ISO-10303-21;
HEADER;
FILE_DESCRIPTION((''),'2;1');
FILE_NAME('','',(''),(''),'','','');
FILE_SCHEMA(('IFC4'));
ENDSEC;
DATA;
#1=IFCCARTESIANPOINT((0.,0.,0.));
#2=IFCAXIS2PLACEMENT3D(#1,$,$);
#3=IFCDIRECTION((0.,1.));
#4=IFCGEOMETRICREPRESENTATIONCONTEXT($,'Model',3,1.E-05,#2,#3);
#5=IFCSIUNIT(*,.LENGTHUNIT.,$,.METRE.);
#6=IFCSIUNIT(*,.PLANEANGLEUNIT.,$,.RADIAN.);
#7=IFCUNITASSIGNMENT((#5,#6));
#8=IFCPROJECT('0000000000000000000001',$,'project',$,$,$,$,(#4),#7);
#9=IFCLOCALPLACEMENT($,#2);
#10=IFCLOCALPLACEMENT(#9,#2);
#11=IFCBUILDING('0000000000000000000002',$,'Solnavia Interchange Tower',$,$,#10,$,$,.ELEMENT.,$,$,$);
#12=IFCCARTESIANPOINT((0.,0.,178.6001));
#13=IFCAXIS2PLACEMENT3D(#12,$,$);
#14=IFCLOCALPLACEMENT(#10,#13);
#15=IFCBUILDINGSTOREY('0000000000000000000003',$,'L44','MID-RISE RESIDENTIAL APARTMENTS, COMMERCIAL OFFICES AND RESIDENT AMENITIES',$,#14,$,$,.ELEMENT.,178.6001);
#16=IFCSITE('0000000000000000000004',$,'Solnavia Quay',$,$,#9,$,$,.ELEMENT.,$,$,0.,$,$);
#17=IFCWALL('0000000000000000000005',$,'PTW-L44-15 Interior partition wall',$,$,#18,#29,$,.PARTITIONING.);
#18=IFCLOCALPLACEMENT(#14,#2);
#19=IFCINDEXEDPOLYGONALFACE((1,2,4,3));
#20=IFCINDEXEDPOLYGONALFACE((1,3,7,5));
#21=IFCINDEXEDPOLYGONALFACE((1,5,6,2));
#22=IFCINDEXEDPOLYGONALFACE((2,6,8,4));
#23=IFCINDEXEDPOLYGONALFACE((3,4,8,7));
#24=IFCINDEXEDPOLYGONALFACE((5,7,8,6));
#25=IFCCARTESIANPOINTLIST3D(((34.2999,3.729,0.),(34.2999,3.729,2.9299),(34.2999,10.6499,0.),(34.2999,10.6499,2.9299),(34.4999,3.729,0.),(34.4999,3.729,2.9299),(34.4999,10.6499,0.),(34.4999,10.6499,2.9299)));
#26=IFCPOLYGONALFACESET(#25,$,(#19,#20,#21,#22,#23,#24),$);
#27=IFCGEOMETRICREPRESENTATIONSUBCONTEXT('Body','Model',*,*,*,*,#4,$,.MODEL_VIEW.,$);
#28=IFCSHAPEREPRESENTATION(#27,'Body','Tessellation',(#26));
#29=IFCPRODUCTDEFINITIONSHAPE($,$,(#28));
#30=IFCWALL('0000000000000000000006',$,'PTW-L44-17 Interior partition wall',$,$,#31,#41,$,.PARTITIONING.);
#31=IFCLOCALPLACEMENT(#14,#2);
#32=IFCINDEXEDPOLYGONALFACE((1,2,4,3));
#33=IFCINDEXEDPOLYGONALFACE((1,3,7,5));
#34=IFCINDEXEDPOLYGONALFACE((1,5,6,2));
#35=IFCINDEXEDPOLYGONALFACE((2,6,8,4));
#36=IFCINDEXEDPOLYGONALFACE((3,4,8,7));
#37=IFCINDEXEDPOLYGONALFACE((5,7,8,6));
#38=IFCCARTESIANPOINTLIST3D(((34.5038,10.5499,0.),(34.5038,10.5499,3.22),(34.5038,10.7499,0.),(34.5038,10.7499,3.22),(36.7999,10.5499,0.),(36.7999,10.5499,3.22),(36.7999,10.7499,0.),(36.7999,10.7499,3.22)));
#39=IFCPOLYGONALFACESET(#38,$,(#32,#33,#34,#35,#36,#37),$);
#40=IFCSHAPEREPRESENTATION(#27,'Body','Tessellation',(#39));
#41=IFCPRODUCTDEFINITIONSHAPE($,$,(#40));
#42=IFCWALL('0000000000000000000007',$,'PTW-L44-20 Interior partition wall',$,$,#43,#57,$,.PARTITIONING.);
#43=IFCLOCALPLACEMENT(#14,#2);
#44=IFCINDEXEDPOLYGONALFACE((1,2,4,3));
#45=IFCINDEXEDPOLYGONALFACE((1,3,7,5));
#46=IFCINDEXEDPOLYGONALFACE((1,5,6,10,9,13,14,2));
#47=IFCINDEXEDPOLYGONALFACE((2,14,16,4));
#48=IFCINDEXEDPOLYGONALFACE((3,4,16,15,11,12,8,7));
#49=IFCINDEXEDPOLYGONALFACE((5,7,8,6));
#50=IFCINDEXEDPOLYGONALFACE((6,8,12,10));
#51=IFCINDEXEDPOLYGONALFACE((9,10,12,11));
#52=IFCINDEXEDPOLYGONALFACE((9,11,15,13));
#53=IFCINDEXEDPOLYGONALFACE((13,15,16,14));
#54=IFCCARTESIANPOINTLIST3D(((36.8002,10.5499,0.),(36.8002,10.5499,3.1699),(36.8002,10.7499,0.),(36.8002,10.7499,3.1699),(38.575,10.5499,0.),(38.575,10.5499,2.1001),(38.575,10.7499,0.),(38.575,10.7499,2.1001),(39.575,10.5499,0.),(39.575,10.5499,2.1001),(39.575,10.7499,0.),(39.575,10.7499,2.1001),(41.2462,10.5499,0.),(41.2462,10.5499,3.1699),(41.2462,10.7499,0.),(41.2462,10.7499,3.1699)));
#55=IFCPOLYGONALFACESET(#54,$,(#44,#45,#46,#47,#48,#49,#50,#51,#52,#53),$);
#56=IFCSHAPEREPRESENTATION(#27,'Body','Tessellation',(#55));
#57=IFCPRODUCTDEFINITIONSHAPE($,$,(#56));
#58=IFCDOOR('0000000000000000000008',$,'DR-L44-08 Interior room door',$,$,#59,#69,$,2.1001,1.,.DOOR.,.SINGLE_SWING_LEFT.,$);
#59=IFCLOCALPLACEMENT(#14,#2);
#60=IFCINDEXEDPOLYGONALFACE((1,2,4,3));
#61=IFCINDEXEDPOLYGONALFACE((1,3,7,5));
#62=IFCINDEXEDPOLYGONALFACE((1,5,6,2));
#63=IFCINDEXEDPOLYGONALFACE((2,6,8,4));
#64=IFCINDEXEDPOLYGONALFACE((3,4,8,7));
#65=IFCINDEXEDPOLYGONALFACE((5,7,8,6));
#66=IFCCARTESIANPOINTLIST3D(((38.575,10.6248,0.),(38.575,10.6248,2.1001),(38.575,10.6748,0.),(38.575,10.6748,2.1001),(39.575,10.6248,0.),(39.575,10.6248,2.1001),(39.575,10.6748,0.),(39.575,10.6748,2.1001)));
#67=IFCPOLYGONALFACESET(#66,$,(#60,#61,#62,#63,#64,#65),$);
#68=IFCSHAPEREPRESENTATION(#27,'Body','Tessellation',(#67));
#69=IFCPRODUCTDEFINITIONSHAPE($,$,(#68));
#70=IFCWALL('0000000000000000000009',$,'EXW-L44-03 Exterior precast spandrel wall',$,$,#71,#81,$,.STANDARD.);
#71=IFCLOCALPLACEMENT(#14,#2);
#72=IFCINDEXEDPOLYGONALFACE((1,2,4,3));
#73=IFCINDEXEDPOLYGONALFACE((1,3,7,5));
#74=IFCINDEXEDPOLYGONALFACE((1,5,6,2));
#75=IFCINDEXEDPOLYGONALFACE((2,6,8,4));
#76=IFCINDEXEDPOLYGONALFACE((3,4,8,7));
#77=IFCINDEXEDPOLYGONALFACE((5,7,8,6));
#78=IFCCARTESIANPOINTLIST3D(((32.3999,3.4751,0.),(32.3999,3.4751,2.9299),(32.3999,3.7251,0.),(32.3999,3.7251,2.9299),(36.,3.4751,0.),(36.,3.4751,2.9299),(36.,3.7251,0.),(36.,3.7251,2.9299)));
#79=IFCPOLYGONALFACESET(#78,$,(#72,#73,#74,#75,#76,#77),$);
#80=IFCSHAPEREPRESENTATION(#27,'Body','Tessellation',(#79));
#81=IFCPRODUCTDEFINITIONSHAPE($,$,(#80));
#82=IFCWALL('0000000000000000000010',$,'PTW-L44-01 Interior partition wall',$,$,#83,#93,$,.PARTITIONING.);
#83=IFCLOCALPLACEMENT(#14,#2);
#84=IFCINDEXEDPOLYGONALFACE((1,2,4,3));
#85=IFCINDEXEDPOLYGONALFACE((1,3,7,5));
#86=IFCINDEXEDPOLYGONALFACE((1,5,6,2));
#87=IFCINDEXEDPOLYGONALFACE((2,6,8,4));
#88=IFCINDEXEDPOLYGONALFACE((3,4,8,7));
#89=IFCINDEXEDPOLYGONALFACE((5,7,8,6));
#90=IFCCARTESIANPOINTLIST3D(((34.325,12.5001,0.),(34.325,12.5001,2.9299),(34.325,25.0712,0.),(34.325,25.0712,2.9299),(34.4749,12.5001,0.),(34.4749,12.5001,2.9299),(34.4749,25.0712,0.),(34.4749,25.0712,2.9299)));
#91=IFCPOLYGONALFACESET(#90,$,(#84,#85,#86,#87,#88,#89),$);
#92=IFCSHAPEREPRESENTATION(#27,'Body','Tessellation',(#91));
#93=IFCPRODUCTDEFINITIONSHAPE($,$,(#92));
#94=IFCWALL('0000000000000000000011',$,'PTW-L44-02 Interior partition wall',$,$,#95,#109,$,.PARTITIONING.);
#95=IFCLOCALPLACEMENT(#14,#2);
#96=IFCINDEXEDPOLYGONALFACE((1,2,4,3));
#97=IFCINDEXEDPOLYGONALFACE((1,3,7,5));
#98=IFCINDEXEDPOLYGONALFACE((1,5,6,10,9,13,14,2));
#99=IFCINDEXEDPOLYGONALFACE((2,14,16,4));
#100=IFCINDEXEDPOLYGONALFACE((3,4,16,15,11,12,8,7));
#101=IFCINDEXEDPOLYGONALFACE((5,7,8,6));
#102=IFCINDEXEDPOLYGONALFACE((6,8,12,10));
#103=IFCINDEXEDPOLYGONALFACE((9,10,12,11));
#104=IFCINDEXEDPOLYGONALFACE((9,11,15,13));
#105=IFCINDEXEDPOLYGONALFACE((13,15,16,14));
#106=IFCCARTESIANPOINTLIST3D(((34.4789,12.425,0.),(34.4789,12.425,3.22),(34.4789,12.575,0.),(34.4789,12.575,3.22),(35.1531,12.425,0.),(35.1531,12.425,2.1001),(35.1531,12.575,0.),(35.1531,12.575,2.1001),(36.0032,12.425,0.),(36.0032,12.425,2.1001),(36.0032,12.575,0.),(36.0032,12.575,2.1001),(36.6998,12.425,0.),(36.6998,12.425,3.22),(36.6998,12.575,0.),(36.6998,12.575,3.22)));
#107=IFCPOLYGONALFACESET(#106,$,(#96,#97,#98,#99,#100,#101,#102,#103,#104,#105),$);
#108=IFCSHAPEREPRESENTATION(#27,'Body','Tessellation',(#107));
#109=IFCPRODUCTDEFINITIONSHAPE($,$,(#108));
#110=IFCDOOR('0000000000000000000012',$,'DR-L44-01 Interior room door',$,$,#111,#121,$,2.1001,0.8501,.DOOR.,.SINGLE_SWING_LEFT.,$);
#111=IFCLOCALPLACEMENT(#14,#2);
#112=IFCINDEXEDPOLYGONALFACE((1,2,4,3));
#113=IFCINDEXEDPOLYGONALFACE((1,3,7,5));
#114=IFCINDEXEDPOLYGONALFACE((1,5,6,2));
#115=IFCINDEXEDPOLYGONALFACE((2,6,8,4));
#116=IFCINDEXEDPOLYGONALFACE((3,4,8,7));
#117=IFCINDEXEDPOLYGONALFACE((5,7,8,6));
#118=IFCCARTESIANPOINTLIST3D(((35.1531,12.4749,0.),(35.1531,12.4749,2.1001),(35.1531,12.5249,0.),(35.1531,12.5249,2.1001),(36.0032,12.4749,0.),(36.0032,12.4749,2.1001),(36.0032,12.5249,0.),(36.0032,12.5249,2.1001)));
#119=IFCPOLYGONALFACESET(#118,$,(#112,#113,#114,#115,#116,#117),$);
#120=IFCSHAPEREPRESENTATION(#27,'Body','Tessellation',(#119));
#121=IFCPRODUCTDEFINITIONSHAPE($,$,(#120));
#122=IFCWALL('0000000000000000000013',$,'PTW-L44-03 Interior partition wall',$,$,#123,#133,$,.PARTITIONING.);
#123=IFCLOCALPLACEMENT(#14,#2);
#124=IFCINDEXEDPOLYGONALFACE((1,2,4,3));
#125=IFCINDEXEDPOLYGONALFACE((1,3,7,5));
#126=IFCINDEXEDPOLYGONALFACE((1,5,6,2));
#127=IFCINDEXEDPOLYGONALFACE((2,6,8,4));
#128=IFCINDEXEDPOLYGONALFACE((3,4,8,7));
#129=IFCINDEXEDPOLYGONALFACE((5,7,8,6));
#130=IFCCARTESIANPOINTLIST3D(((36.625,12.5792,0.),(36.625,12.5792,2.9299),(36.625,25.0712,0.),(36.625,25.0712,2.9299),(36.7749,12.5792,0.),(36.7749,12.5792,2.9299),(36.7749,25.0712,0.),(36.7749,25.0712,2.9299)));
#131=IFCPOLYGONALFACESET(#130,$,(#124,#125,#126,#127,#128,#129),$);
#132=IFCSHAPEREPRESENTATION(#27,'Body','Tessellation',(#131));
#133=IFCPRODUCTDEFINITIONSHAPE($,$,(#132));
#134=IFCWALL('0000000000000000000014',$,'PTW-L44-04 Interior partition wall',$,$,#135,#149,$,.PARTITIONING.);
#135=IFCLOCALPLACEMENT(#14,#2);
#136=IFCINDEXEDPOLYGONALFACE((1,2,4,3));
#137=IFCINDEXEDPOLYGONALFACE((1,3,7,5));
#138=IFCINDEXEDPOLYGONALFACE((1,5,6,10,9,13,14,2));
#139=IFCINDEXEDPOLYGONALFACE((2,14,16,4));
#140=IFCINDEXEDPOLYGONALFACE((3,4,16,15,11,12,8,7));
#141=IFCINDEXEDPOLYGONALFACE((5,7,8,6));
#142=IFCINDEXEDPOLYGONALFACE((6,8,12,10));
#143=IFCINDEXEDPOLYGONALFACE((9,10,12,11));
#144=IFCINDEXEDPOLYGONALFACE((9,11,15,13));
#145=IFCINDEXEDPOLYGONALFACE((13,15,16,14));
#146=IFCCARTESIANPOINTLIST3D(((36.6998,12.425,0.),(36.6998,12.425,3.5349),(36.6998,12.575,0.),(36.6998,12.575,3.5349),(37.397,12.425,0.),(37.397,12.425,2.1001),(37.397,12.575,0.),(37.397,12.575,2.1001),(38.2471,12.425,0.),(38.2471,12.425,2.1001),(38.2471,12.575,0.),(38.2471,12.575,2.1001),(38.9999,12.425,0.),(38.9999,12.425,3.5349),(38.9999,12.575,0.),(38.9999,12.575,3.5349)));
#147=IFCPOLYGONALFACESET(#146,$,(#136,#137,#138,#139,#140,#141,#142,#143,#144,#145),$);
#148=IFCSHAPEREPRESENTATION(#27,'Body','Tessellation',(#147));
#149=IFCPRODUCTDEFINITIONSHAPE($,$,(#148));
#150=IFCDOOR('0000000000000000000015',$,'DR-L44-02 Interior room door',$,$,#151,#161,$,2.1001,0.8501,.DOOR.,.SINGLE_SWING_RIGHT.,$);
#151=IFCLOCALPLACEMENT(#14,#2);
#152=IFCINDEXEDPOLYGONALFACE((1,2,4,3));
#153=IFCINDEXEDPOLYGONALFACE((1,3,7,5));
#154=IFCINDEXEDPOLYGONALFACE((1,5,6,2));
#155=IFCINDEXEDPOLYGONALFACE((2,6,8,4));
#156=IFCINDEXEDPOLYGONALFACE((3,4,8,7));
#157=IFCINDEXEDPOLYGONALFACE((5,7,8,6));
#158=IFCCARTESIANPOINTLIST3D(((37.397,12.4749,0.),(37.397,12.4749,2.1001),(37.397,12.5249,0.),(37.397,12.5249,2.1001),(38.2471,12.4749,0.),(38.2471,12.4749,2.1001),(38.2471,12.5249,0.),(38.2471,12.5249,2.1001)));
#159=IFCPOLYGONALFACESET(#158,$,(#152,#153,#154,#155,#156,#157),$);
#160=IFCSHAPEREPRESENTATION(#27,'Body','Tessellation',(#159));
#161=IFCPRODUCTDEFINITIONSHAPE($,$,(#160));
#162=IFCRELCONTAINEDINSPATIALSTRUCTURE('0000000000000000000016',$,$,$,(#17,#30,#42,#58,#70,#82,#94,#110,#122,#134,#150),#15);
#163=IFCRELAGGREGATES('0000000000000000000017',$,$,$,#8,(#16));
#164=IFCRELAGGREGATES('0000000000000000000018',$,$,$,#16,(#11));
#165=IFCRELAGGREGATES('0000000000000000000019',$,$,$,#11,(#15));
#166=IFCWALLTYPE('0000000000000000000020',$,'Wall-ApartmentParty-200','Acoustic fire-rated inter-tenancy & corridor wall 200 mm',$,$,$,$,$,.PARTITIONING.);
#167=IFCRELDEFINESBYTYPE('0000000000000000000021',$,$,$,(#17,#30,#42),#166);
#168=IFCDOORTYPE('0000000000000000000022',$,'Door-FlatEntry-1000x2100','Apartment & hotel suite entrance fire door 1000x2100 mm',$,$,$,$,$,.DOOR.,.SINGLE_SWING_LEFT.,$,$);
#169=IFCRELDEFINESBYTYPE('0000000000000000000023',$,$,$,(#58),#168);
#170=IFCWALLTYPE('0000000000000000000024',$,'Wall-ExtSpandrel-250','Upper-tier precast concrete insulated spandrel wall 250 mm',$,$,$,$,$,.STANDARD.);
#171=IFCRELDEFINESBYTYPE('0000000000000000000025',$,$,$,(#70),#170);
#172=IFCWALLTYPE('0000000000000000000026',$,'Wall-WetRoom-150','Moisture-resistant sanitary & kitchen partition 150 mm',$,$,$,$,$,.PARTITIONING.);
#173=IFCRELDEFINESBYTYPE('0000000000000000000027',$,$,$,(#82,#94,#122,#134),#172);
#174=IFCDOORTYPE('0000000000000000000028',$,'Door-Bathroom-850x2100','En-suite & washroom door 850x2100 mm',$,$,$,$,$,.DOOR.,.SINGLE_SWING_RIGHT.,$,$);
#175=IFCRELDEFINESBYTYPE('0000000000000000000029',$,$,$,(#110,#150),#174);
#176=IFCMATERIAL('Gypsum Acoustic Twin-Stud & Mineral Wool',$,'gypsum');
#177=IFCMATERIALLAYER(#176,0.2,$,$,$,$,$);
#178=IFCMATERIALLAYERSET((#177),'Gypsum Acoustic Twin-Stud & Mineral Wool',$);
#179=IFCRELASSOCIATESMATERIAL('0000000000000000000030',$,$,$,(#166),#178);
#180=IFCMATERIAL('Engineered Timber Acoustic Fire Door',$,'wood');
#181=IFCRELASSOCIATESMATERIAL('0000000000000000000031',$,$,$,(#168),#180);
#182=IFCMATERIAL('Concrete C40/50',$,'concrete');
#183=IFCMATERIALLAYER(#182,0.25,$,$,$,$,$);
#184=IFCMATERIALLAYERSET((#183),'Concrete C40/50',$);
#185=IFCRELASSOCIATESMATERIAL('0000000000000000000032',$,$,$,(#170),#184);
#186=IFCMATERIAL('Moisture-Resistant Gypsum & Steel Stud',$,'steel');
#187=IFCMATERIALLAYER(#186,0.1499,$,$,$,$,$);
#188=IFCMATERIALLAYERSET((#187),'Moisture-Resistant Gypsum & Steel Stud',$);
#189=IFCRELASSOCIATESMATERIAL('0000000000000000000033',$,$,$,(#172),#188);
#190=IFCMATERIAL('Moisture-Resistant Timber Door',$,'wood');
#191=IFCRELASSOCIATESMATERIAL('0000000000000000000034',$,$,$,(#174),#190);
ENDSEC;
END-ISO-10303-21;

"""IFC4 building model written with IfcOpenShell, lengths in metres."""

from ifc_helpers import new_model, si_unit, direction, frame, frame_2d, origin, place, context, subcontext, project, spatial, rectangle, extrude, material, layer, layer_set, type_object, element, fill, save


model = new_model("IFC4")

# Units and contexts
model_context = context("Model", 3, precision=1e-05, world=origin(), true_north=direction((0.0, 1.0)))
body_context = subcontext(model_context, "Body", "Model", "MODEL_VIEW")
ifc_project = project(units=[si_unit("LENGTHUNIT", "METRE"), si_unit("PLANEANGLEUNIT", "RADIAN")], contexts=[model_context])

# Site, building, storey
site_placement = place(None, origin())
site = spatial("IfcSite", under=ifc_project, at=site_placement, Name="Solnavia Quay", CompositionType="ELEMENT", RefElevation=0.0)
building_placement = place(site_placement, origin())
building = spatial("IfcBuilding", under=site, at=building_placement, Name="Solnavia Interchange Tower", CompositionType="ELEMENT")
storey_placement = place(building_placement, frame((0.0, 0.0, 178.6001)))
storey = spatial("IfcBuildingStorey", under=building, at=storey_placement, Name="L44", Description="MID-RISE RESIDENTIAL APARTMENTS, COMMERCIAL OFFICES AND RESIDENT AMENITIES", CompositionType="ELEMENT", Elevation=178.6001)

# Walls
ifc_material_1 = material(Name="Gypsum Acoustic Twin-Stud & Mineral Wool", Category="gypsum")
ifc_layer_1 = layer(ifc_material_1, 0.2)
ifc_layer_set_1 = layer_set([ifc_layer_1], Name="Gypsum Acoustic Twin-Stud & Mineral Wool")
wall_type_1 = type_object("IfcWallType", Name="Wall-ApartmentParty-200", Description="Acoustic fire-rated inter-tenancy & corridor wall 200 mm", PredefinedType="PARTITIONING", material=ifc_layer_set_1)
wall_1_placement = place(storey_placement, frame((34.3999, 3.729, 0.0), z_axis=(0.0, 0.0, 1.0), x_axis=(0.0, 1.0, 0.0)))
element("IfcWall", 1, at=wall_1_placement, inside=storey, type_object=wall_type_1, Name="PTW-L44-15 Interior partition wall", PredefinedType="PARTITIONING", context=body_context, shape_type="SweptSolid", body=[
    extrude(rectangle(XDim=6.9209, YDim=0.2, at=frame_2d((3.4604, 0.0))), origin(), (0.0, 0.0, 1.0), 2.9299),
])
wall_2_placement = place(storey_placement, frame((34.5039, 10.6499, 0.0), z_axis=(0.0, 0.0, 1.0), x_axis=(1.0, 0.0, 0.0)))
element("IfcWall", 2, at=wall_2_placement, inside=storey, type_object=wall_type_1, Name="PTW-L44-17 Interior partition wall", PredefinedType="PARTITIONING", context=body_context, shape_type="SweptSolid", body=[
    extrude(rectangle(XDim=2.2961, YDim=0.2, at=frame_2d((1.1479, 0.0))), origin(), (0.0, 0.0, 1.0), 3.22),
])

# Wall, opening, door
wall_3_placement = place(storey_placement, frame((36.8, 10.6499, 0.0), z_axis=(0.0, 0.0, 1.0), x_axis=(1.0, 0.0, 0.0)))
wall_3 = element("IfcWall", 3, at=wall_3_placement, inside=storey, type_object=wall_type_1, Name="PTW-L44-20 Interior partition wall", PredefinedType="PARTITIONING", context=body_context, shape_type="SweptSolid", body=[
    extrude(rectangle(XDim=4.446, YDim=0.2, at=frame_2d((2.2231, 0.0))), origin(), (0.0, 0.0, 1.0), 3.1699),
])
opening_1_placement = place(wall_3_placement, frame((1.7749, 0.0, 0.0)))
opening_1 = element("IfcOpeningElement", 4, at=opening_1_placement, cuts=wall_3, PredefinedType="OPENING", context=body_context, shape_type="SweptSolid", body=[
    extrude(rectangle(XDim=1.0, YDim=2.1001, at=frame_2d((0.5, 1.05))), frame((0.0, 0.1099, 0.0), z_axis=(0.0, -1.0, 0.0), x_axis=(1.0, 0.0, 0.0)), (0.0, 0.0, 1.0), 0.22),
])
ifc_material_2 = material(Name="Engineered Timber Acoustic Fire Door", Category="wood")
door_type_1 = type_object("IfcDoorType", Name="Door-FlatEntry-1000x2100", Description="Apartment & hotel suite entrance fire door 1000x2100 mm", OperationType="SINGLE_SWING_LEFT", PredefinedType="DOOR", material=ifc_material_2)
door_1_placement = place(opening_1_placement, origin())
door_1 = element("IfcDoor", 5, at=door_1_placement, inside=storey, type_object=door_type_1, Name="DR-L44-08 Interior room door", OperationType="SINGLE_SWING_LEFT", OverallHeight=2.1001, OverallWidth=1.0, PredefinedType="DOOR", context=body_context, shape_type="SweptSolid", body=[
    extrude(rectangle(XDim=1.0, YDim=2.1001, at=frame_2d((0.5, 1.05))), frame((0.0, 0.0249, 0.0), z_axis=(0.0, -1.0, 0.0), x_axis=(1.0, 0.0, 0.0)), (0.0, 0.0, 1.0), 0.05),
])
fill(opening_1, door_1)

# Walls
ifc_material_3 = material(Name="Concrete C40/50", Category="concrete")
ifc_layer_2 = layer(ifc_material_3, 0.25)
ifc_layer_set_2 = layer_set([ifc_layer_2], Name="Concrete C40/50")
wall_type_2 = type_object("IfcWallType", Name="Wall-ExtSpandrel-250", Description="Upper-tier precast concrete insulated spandrel wall 250 mm", PredefinedType="STANDARD", material=ifc_layer_set_2)
wall_4_placement = place(storey_placement, frame((36.0, 3.6001, 0.0), z_axis=(0.0, 0.0, 1.0), x_axis=(-1.0, 0.0, 0.0)))
element("IfcWall", 6, at=wall_4_placement, inside=storey, type_object=wall_type_2, Name="EXW-L44-03 Exterior precast spandrel wall", PredefinedType="STANDARD", context=body_context, shape_type="SweptSolid", body=[
    extrude(rectangle(XDim=3.6001, YDim=0.25, at=frame_2d((1.8, 0.0))), origin(), (0.0, 0.0, 1.0), 2.9299),
])
ifc_material_4 = material(Name="Moisture-Resistant Gypsum & Steel Stud", Category="steel")
ifc_layer_3 = layer(ifc_material_4, 0.1499)
ifc_layer_set_3 = layer_set([ifc_layer_3], Name="Moisture-Resistant Gypsum & Steel Stud")
wall_type_3 = type_object("IfcWallType", Name="Wall-WetRoom-150", Description="Moisture-resistant sanitary & kitchen partition 150 mm", PredefinedType="PARTITIONING", material=ifc_layer_set_3)
wall_5_placement = place(storey_placement, frame((34.3999, 12.5, 0.0), z_axis=(0.0, 0.0, 1.0), x_axis=(0.0, 1.0, 0.0)))
element("IfcWall", 7, at=wall_5_placement, inside=storey, type_object=wall_type_3, Name="PTW-L44-01 Interior partition wall", PredefinedType="PARTITIONING", context=body_context, shape_type="SweptSolid", body=[
    extrude(rectangle(XDim=12.571, YDim=0.1499, at=frame_2d((6.2856, 0.0))), origin(), (0.0, 0.0, 1.0), 2.9299),
])

# Wall, opening, door
wall_6_placement = place(storey_placement, frame((34.479, 12.5, 0.0), z_axis=(0.0, 0.0, 1.0), x_axis=(1.0, 0.0, 0.0)))
wall_6 = element("IfcWall", 8, at=wall_6_placement, inside=storey, type_object=wall_type_3, Name="PTW-L44-02 Interior partition wall", PredefinedType="PARTITIONING", context=body_context, shape_type="SweptSolid", body=[
    extrude(rectangle(XDim=2.2209, YDim=0.1499, at=frame_2d((1.1104, 0.0))), origin(), (0.0, 0.0, 1.0), 3.22),
])
opening_2_placement = place(wall_6_placement, frame((0.6741, 0.0, 0.0)))
opening_2 = element("IfcOpeningElement", 9, at=opening_2_placement, cuts=wall_6, PredefinedType="OPENING", context=body_context, shape_type="SweptSolid", body=[
    extrude(rectangle(XDim=0.8501, YDim=2.1001, at=frame_2d((0.425, 1.05))), frame((0.0, 0.085, 0.0), z_axis=(0.0, -1.0, 0.0), x_axis=(1.0, 0.0, 0.0)), (0.0, 0.0, 1.0), 0.1699),
])
ifc_material_5 = material(Name="Moisture-Resistant Timber Door", Category="wood")
door_type_2 = type_object("IfcDoorType", Name="Door-Bathroom-850x2100", Description="En-suite & washroom door 850x2100 mm", OperationType="SINGLE_SWING_RIGHT", PredefinedType="DOOR", material=ifc_material_5)
door_2_placement = place(opening_2_placement, origin())
door_2 = element("IfcDoor", 10, at=door_2_placement, inside=storey, type_object=door_type_2, Name="DR-L44-01 Interior room door", OperationType="SINGLE_SWING_LEFT", OverallHeight=2.1001, OverallWidth=0.8501, PredefinedType="DOOR", context=body_context, shape_type="SweptSolid", body=[
    extrude(rectangle(XDim=0.8501, YDim=2.1001, at=frame_2d((0.425, 1.05))), frame((0.0, 0.0249, 0.0), z_axis=(0.0, -1.0, 0.0), x_axis=(1.0, 0.0, 0.0)), (0.0, 0.0, 1.0), 0.05),
])
fill(opening_2, door_2)

# Wall
wall_7_placement = place(storey_placement, frame((36.7, 12.5791, 0.0), z_axis=(0.0, 0.0, 1.0), x_axis=(0.0, 1.0, 0.0)))
element("IfcWall", 11, at=wall_7_placement, inside=storey, type_object=wall_type_3, Name="PTW-L44-03 Interior partition wall", PredefinedType="PARTITIONING", context=body_context, shape_type="SweptSolid", body=[
    extrude(rectangle(XDim=12.4919, YDim=0.1499, at=frame_2d((6.2461, 0.0))), origin(), (0.0, 0.0, 1.0), 2.9299),
])

# Wall, opening, door
wall_8_placement = place(storey_placement, frame((36.7, 12.5, 0.0), z_axis=(0.0, 0.0, 1.0), x_axis=(1.0, 0.0, 0.0)))
wall_8 = element("IfcWall", 12, at=wall_8_placement, inside=storey, type_object=wall_type_3, Name="PTW-L44-04 Interior partition wall", PredefinedType="PARTITIONING", context=body_context, shape_type="SweptSolid", body=[
    extrude(rectangle(XDim=2.3, YDim=0.1499, at=frame_2d((1.1499, 0.0))), origin(), (0.0, 0.0, 1.0), 3.5349),
])
opening_3_placement = place(wall_8_placement, frame((0.697, 0.0, 0.0)))
opening_3 = element("IfcOpeningElement", 13, at=opening_3_placement, cuts=wall_8, PredefinedType="OPENING", context=body_context, shape_type="SweptSolid", body=[
    extrude(rectangle(XDim=0.8501, YDim=2.1001, at=frame_2d((0.425, 1.05))), frame((0.0, 0.085, 0.0), z_axis=(0.0, -1.0, 0.0), x_axis=(1.0, 0.0, 0.0)), (0.0, 0.0, 1.0), 0.1699),
])
door_3_placement = place(opening_3_placement, origin())
door_3 = element("IfcDoor", 14, at=door_3_placement, inside=storey, type_object=door_type_2, Name="DR-L44-02 Interior room door", OperationType="SINGLE_SWING_RIGHT", OverallHeight=2.1001, OverallWidth=0.8501, PredefinedType="DOOR", context=body_context, shape_type="SweptSolid", body=[
    extrude(rectangle(XDim=0.8501, YDim=2.1001, at=frame_2d((0.425, 1.05))), frame((0.0, 0.0249, 0.0), z_axis=(0.0, -1.0, 0.0), x_axis=(1.0, 0.0, 0.0)), (0.0, 0.0, 1.0), 0.05),
])
fill(opening_3, door_3)

save(model, "model.ifc")
